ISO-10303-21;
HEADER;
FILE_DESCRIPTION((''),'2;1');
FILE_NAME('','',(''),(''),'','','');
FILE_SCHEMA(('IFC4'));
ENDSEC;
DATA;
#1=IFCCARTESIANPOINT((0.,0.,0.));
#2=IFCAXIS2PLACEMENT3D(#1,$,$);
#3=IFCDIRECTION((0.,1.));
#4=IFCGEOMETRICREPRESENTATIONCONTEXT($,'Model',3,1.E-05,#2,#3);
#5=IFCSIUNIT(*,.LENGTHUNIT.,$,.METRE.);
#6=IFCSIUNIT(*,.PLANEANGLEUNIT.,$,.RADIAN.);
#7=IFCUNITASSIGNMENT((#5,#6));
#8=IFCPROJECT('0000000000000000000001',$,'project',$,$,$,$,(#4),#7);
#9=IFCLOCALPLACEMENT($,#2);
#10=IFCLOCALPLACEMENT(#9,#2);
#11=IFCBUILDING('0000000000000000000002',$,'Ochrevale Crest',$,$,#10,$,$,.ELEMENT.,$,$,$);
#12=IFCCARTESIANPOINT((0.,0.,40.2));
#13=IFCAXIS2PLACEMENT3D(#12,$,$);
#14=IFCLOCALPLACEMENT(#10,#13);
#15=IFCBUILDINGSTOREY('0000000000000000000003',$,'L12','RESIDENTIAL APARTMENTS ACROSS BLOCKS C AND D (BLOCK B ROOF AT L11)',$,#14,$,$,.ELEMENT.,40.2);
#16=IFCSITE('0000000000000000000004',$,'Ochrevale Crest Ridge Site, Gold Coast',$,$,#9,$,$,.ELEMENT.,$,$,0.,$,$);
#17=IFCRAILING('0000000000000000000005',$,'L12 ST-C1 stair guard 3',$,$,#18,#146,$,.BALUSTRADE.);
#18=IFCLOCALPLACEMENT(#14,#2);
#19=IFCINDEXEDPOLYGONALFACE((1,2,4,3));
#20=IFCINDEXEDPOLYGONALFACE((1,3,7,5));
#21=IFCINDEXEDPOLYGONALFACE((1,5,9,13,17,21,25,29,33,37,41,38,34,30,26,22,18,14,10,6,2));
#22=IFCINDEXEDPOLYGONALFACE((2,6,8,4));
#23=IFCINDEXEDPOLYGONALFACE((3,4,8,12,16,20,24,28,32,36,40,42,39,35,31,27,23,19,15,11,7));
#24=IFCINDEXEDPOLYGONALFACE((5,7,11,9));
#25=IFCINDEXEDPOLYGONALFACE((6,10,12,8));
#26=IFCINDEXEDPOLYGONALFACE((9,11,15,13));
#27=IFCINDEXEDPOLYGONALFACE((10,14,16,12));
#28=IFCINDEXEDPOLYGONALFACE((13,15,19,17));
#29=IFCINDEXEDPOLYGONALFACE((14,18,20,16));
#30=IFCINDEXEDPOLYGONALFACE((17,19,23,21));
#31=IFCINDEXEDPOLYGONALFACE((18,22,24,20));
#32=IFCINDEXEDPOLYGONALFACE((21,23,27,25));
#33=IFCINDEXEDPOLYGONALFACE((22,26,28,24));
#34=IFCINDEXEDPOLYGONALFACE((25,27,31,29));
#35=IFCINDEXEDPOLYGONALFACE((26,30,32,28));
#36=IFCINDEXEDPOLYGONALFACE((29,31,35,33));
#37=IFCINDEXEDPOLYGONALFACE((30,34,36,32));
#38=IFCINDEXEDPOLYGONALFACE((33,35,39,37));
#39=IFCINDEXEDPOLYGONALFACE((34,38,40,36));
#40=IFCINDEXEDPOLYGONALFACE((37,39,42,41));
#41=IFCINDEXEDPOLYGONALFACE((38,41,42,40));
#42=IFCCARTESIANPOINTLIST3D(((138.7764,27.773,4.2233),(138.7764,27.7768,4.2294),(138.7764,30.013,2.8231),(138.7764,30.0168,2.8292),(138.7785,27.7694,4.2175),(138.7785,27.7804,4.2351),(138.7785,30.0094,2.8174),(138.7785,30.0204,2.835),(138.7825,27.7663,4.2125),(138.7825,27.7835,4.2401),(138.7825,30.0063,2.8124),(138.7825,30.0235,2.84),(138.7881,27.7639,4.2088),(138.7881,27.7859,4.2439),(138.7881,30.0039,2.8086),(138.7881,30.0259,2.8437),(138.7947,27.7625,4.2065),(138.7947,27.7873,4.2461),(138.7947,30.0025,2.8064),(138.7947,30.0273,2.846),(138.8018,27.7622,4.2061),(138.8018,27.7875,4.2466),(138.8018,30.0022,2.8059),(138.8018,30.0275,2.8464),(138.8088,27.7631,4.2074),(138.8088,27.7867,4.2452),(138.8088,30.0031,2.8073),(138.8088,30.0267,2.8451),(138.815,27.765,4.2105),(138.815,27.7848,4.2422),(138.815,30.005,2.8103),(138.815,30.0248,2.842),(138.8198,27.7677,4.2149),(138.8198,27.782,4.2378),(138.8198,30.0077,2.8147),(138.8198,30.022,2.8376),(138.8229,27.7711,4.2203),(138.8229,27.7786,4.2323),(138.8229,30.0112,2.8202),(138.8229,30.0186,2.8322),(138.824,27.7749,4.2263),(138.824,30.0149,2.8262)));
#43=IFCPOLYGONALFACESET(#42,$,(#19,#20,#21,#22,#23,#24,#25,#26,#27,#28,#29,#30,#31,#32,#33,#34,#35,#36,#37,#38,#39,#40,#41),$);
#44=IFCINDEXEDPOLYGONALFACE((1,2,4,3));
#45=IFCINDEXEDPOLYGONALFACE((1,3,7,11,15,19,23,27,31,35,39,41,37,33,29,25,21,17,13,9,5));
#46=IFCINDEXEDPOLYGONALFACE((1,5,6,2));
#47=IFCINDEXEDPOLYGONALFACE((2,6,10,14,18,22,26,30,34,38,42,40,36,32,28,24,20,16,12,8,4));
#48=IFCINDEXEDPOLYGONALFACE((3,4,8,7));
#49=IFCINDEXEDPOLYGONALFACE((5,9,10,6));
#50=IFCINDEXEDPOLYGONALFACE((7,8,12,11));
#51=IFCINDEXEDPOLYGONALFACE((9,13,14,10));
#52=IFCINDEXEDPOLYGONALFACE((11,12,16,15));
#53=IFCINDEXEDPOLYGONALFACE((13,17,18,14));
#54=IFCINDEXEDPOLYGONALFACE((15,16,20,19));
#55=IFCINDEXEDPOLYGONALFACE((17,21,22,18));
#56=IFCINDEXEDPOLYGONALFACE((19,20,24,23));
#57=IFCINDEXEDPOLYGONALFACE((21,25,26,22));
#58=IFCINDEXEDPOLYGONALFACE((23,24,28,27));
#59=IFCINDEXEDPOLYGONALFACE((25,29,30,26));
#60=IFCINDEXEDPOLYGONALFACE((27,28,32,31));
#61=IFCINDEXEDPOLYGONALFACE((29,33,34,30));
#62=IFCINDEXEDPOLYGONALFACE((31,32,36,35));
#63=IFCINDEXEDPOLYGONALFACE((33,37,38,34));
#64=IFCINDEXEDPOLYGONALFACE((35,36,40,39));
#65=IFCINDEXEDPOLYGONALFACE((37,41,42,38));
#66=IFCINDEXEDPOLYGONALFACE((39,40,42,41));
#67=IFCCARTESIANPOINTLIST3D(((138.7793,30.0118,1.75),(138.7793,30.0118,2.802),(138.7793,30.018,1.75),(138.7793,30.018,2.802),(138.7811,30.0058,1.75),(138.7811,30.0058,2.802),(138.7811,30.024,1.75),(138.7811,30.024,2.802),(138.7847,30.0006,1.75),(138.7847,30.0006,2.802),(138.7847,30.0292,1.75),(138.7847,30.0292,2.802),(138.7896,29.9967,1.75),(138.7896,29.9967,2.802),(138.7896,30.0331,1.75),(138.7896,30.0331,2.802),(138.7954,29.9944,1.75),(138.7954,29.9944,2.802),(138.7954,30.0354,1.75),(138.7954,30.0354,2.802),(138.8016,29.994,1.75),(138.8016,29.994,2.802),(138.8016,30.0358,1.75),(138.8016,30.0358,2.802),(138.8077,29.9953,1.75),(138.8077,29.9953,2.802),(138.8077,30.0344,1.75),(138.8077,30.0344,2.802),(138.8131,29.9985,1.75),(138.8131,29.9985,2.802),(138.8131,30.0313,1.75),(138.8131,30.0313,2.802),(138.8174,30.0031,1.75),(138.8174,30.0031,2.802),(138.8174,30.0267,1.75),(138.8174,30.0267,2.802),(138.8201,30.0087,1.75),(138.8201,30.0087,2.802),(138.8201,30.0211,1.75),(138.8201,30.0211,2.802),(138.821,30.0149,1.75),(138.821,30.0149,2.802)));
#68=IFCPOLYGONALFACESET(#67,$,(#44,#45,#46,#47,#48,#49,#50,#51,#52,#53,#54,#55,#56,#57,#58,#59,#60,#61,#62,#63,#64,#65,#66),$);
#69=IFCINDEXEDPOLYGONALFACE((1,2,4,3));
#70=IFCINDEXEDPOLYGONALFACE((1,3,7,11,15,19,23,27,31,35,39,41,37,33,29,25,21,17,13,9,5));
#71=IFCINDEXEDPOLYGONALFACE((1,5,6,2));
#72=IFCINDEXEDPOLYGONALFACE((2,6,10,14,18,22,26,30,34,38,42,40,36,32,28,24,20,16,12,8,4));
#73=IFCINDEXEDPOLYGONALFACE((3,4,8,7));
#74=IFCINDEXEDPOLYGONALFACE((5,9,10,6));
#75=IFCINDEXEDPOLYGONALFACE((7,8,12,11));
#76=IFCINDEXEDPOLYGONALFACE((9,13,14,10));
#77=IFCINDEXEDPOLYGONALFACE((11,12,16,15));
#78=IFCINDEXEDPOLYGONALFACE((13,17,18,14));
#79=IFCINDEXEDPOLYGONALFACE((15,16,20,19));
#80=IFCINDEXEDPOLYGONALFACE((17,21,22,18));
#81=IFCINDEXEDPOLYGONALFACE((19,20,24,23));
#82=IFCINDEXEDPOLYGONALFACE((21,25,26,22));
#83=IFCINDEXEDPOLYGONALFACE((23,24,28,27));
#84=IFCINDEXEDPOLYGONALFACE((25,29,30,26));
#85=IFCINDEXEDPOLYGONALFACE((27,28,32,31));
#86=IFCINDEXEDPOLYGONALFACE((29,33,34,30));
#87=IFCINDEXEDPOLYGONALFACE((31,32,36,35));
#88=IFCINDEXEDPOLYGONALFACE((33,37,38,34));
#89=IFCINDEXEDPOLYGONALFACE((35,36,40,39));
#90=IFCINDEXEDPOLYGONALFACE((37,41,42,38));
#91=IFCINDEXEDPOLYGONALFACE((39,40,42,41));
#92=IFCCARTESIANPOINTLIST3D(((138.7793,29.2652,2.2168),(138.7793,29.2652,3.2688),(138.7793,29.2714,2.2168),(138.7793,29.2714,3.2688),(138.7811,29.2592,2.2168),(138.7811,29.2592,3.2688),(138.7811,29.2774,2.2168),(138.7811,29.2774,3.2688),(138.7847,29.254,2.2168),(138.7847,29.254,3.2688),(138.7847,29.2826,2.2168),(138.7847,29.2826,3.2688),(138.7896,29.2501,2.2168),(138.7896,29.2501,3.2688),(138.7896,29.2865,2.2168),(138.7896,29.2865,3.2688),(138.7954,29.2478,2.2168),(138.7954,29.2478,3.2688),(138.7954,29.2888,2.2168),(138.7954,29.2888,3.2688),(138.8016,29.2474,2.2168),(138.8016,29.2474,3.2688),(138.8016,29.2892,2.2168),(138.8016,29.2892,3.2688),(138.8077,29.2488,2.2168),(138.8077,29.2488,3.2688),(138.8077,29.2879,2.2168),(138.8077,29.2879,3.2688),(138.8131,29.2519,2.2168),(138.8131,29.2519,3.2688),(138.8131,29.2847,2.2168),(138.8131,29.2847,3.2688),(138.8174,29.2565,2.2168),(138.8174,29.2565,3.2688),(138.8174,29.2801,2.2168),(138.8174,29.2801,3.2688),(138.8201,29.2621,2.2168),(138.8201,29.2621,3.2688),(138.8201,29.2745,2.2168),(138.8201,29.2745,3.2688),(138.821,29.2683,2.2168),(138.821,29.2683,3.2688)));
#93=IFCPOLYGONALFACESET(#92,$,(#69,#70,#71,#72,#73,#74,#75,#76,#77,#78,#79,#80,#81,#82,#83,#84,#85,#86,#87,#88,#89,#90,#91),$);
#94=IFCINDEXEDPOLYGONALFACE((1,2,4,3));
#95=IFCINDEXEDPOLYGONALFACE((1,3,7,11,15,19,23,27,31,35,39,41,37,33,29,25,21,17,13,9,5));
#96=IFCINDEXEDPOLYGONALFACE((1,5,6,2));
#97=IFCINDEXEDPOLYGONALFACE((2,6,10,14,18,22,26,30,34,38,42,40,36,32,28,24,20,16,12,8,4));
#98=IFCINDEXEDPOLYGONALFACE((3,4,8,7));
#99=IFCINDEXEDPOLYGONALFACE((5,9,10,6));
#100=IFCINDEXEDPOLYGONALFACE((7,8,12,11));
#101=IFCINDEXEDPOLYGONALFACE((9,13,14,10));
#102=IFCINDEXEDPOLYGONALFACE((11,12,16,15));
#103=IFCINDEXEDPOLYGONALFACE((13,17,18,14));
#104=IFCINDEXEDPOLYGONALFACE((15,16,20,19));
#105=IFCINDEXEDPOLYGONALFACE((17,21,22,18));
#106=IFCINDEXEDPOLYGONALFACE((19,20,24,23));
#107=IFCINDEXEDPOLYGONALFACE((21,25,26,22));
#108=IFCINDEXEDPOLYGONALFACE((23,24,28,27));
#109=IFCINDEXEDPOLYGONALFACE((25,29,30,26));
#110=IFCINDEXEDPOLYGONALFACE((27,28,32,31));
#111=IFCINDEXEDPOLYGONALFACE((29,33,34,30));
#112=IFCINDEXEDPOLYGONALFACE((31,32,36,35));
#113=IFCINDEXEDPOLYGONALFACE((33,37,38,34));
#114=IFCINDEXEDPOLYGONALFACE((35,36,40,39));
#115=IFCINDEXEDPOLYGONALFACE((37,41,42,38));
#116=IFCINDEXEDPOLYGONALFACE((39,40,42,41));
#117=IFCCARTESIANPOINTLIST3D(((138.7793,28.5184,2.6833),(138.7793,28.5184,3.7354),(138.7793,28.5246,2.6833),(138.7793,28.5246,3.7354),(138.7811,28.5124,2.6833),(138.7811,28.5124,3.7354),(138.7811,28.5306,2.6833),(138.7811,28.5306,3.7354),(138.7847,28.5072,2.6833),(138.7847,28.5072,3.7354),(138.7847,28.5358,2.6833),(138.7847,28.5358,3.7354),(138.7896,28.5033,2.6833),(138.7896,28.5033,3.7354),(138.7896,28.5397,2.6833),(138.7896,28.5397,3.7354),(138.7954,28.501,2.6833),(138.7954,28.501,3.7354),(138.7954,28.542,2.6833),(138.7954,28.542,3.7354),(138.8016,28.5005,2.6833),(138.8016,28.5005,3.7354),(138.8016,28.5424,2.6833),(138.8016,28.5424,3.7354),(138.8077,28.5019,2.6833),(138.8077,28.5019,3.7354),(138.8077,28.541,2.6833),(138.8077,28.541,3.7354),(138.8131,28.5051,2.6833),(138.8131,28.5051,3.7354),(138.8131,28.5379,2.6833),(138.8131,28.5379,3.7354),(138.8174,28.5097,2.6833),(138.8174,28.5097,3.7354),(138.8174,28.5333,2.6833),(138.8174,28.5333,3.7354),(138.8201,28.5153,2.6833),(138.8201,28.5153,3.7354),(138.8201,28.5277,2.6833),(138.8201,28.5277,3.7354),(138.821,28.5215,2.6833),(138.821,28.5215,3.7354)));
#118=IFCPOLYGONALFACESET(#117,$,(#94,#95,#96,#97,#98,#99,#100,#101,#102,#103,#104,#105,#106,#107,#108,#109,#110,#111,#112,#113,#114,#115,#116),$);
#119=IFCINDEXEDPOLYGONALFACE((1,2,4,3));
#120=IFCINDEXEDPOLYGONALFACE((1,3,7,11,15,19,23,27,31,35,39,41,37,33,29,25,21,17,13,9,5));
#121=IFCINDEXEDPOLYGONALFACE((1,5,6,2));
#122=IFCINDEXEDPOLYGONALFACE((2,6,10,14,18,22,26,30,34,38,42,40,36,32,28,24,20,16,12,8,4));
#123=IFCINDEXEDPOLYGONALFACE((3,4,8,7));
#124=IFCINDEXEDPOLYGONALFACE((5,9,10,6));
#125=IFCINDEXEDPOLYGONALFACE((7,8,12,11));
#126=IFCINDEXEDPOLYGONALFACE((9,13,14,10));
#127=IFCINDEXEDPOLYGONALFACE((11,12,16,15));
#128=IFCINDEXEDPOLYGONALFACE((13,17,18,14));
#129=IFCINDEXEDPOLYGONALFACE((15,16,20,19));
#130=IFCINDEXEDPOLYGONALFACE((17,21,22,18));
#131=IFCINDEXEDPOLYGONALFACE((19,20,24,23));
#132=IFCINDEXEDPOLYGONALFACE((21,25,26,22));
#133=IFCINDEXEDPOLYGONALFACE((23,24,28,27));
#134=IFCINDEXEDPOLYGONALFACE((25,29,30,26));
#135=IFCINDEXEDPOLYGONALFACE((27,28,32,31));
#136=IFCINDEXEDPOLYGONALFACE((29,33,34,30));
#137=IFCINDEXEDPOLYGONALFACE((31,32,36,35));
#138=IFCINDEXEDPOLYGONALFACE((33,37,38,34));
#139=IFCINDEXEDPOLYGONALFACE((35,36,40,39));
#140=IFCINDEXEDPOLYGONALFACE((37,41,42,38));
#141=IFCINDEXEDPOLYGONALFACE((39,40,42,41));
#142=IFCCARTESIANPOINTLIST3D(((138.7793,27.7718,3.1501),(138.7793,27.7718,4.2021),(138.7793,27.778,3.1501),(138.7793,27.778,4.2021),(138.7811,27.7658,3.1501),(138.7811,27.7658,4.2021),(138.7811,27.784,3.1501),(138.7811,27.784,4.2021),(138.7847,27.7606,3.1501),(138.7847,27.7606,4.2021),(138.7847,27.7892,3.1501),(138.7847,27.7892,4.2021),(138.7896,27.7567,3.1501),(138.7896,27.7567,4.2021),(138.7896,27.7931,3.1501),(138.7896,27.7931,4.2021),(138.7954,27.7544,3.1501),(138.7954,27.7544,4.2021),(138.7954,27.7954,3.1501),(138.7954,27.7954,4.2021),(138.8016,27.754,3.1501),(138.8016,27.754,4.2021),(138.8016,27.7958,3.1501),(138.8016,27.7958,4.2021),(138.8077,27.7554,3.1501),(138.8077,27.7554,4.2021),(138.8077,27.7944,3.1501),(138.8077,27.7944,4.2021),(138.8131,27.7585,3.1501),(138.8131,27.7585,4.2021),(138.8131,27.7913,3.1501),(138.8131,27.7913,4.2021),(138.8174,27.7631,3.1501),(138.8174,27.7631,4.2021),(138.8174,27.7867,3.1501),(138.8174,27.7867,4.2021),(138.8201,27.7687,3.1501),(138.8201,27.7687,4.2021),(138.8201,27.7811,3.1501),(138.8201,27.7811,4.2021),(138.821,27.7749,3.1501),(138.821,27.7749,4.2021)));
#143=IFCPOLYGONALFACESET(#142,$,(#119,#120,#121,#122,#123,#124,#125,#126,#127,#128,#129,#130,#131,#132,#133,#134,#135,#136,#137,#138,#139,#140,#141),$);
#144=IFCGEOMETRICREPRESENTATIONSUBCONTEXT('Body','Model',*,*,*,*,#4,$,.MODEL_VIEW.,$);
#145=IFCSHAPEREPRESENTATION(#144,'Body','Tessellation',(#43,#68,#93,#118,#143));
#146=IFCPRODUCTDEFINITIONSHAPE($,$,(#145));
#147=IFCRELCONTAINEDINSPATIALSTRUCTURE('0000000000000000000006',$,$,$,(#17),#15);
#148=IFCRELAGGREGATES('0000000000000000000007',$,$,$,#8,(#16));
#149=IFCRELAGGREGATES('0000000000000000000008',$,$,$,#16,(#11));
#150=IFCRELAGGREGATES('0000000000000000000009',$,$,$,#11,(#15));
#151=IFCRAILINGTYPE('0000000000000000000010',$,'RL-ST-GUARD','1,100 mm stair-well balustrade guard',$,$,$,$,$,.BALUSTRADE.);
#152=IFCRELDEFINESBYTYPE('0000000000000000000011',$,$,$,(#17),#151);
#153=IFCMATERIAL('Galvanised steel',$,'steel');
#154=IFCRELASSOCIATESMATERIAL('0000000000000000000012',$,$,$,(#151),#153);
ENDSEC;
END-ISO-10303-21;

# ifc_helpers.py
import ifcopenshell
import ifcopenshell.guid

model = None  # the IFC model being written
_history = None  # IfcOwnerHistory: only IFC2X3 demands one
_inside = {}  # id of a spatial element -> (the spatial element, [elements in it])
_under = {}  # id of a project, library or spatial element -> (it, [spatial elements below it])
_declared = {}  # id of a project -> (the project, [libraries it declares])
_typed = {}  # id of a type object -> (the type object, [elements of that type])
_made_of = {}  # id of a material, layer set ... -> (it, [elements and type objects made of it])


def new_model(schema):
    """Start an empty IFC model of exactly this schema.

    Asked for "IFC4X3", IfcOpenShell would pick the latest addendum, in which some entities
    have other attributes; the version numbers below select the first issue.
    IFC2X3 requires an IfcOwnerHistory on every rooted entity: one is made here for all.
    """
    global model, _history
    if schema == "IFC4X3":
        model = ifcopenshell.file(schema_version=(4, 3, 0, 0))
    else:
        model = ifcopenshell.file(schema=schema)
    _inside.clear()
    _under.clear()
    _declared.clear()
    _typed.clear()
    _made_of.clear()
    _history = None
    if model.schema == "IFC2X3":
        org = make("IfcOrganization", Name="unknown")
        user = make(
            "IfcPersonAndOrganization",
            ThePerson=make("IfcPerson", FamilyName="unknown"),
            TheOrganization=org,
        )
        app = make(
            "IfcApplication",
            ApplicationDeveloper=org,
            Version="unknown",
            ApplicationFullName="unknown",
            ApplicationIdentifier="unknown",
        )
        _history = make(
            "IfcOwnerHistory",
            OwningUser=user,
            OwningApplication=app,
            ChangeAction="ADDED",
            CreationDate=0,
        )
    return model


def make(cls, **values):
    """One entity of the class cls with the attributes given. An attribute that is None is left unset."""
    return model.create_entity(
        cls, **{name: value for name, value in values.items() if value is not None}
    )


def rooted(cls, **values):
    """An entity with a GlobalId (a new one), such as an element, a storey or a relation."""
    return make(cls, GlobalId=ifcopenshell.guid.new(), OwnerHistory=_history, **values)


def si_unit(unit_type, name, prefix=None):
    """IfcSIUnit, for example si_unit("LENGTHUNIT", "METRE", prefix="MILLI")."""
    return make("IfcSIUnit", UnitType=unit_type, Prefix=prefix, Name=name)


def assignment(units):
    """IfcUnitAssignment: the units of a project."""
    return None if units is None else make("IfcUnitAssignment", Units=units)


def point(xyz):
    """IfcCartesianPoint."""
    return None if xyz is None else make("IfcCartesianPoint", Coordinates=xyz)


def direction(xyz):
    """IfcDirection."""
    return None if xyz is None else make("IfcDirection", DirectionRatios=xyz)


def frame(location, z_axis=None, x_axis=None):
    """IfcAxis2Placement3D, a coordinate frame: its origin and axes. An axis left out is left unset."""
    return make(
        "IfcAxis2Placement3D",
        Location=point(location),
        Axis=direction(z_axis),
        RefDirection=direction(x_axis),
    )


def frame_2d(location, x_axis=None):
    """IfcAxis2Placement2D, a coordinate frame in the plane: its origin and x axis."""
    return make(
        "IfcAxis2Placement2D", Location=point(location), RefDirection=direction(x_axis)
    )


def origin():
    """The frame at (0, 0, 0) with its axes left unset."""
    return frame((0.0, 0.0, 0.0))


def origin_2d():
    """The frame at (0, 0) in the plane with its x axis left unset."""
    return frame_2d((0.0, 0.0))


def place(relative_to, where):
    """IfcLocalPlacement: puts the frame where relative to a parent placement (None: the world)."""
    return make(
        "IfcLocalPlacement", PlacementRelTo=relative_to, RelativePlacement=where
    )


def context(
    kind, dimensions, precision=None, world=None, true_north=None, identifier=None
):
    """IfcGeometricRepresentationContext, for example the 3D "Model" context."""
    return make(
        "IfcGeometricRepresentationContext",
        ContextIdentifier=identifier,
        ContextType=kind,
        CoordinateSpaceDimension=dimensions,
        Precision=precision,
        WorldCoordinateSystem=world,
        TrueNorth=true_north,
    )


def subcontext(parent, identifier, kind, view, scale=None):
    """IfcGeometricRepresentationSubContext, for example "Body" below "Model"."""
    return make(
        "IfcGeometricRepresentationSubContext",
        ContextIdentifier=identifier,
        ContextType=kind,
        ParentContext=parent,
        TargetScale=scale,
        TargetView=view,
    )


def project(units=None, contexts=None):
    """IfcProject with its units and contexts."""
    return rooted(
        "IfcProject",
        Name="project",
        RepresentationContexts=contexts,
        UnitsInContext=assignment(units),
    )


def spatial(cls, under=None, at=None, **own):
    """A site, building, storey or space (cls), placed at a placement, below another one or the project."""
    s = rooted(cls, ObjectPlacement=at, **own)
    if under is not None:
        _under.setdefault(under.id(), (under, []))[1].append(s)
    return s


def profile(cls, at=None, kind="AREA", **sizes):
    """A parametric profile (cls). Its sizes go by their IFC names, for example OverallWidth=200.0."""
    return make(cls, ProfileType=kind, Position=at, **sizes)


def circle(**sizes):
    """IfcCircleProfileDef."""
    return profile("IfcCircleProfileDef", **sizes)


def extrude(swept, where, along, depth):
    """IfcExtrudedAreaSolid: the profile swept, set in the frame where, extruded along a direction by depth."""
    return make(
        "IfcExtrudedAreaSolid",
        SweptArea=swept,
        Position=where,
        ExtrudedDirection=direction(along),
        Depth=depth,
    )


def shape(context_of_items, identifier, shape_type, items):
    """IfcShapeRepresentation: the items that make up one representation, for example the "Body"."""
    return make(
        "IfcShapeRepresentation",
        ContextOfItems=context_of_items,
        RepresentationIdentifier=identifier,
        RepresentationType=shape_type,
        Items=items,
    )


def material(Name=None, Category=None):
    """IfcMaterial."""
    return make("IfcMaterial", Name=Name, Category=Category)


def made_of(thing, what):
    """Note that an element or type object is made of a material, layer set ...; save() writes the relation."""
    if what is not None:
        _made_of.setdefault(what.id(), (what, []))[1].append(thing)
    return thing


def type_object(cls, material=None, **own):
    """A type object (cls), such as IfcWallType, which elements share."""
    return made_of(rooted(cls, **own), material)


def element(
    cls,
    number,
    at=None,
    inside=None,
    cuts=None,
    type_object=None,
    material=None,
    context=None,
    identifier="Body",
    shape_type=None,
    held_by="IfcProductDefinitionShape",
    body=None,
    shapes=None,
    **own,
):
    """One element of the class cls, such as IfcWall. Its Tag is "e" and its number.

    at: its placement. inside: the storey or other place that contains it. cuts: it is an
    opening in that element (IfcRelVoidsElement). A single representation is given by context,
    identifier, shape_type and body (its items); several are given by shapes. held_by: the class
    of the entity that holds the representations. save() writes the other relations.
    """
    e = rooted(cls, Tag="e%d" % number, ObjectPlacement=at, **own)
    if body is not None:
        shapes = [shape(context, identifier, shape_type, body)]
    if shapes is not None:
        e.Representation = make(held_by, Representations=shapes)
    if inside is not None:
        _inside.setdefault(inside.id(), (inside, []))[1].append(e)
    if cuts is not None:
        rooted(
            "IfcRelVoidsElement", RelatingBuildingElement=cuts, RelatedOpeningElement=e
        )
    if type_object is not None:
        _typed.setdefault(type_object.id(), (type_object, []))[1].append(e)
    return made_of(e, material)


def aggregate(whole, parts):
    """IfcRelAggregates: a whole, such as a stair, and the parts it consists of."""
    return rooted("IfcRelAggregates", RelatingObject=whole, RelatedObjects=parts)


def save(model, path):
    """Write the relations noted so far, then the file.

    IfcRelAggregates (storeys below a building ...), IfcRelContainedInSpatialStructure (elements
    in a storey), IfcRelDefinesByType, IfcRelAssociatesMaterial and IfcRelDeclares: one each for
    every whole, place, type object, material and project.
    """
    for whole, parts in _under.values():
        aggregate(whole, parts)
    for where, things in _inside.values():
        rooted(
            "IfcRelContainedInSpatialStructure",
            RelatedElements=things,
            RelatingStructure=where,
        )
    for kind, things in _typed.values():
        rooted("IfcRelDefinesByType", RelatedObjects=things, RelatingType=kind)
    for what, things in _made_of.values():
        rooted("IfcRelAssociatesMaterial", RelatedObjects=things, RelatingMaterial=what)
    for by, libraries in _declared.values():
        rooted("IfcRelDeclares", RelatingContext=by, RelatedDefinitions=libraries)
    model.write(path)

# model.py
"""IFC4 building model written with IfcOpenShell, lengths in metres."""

from ifc_helpers import new_model, si_unit, direction, frame, origin, origin_2d, place, context, subcontext, project, spatial, circle, extrude, material, type_object, element, save


model = new_model("IFC4")

# Units and contexts
model_context = context("Model", 3, precision=1e-05, world=origin(), true_north=direction((0.0, 1.0)))
body_context = subcontext(model_context, "Body", "Model", "MODEL_VIEW")
ifc_project = project(units=[si_unit("LENGTHUNIT", "METRE"), si_unit("PLANEANGLEUNIT", "RADIAN")], contexts=[model_context])

# Site, building, storey
site_placement = place(None, origin())
site = spatial("IfcSite", under=ifc_project, at=site_placement, Name="Ochrevale Crest Ridge Site, Gold Coast", CompositionType="ELEMENT", RefElevation=0.0)
building_placement = place(site_placement, origin())
building = spatial("IfcBuilding", under=site, at=building_placement, Name="Ochrevale Crest", CompositionType="ELEMENT")
storey_placement = place(building_placement, frame((0.0, 0.0, 40.2)))
storey = spatial("IfcBuildingStorey", under=building, at=storey_placement, Name="L12", Description="RESIDENTIAL APARTMENTS ACROSS BLOCKS C AND D (BLOCK B ROOF AT L11)", CompositionType="ELEMENT", Elevation=40.2)

# Railing
ifc_material_1 = material(Name="Galvanised steel", Category="steel")
railing_type_1 = type_object("IfcRailingType", Name="RL-ST-GUARD", Description="1,100 mm stair-well balustrade guard", PredefinedType="BALUSTRADE", material=ifc_material_1)
railing_1_placement = place(storey_placement, frame((138.8, 30.0149, 1.75)))
element("IfcRailing", 1, at=railing_1_placement, inside=storey, type_object=railing_type_1, Name="L12 ST-C1 stair guard 3", PredefinedType="BALUSTRADE", context=body_context, shape_type="SweptSolid", body=[
    extrude(circle(Radius=0.0239, at=origin_2d()), frame((0.0, 0.0, 1.0762), z_axis=(0.0, -0.847972, 0.53004), x_axis=(1.0, 0.0, 0.0)), (0.0, 0.0, 1.0), 2.6416),
    extrude(circle(Radius=0.021, at=origin_2d()), origin(), (0.0, 0.0, 1.0), 1.052),
    extrude(circle(Radius=0.021, at=origin_2d()), frame((0.0, -0.7466, 0.4668)), (0.0, 0.0, 1.0), 1.052),
    extrude(circle(Radius=0.021, at=origin_2d()), frame((0.0, -1.4934, 0.9333)), (0.0, 0.0, 1.0), 1.052),
    extrude(circle(Radius=0.021, at=origin_2d()), frame((0.0, -2.24, 1.4001)), (0.0, 0.0, 1.0), 1.052),
])

save(model, "model.ifc")
